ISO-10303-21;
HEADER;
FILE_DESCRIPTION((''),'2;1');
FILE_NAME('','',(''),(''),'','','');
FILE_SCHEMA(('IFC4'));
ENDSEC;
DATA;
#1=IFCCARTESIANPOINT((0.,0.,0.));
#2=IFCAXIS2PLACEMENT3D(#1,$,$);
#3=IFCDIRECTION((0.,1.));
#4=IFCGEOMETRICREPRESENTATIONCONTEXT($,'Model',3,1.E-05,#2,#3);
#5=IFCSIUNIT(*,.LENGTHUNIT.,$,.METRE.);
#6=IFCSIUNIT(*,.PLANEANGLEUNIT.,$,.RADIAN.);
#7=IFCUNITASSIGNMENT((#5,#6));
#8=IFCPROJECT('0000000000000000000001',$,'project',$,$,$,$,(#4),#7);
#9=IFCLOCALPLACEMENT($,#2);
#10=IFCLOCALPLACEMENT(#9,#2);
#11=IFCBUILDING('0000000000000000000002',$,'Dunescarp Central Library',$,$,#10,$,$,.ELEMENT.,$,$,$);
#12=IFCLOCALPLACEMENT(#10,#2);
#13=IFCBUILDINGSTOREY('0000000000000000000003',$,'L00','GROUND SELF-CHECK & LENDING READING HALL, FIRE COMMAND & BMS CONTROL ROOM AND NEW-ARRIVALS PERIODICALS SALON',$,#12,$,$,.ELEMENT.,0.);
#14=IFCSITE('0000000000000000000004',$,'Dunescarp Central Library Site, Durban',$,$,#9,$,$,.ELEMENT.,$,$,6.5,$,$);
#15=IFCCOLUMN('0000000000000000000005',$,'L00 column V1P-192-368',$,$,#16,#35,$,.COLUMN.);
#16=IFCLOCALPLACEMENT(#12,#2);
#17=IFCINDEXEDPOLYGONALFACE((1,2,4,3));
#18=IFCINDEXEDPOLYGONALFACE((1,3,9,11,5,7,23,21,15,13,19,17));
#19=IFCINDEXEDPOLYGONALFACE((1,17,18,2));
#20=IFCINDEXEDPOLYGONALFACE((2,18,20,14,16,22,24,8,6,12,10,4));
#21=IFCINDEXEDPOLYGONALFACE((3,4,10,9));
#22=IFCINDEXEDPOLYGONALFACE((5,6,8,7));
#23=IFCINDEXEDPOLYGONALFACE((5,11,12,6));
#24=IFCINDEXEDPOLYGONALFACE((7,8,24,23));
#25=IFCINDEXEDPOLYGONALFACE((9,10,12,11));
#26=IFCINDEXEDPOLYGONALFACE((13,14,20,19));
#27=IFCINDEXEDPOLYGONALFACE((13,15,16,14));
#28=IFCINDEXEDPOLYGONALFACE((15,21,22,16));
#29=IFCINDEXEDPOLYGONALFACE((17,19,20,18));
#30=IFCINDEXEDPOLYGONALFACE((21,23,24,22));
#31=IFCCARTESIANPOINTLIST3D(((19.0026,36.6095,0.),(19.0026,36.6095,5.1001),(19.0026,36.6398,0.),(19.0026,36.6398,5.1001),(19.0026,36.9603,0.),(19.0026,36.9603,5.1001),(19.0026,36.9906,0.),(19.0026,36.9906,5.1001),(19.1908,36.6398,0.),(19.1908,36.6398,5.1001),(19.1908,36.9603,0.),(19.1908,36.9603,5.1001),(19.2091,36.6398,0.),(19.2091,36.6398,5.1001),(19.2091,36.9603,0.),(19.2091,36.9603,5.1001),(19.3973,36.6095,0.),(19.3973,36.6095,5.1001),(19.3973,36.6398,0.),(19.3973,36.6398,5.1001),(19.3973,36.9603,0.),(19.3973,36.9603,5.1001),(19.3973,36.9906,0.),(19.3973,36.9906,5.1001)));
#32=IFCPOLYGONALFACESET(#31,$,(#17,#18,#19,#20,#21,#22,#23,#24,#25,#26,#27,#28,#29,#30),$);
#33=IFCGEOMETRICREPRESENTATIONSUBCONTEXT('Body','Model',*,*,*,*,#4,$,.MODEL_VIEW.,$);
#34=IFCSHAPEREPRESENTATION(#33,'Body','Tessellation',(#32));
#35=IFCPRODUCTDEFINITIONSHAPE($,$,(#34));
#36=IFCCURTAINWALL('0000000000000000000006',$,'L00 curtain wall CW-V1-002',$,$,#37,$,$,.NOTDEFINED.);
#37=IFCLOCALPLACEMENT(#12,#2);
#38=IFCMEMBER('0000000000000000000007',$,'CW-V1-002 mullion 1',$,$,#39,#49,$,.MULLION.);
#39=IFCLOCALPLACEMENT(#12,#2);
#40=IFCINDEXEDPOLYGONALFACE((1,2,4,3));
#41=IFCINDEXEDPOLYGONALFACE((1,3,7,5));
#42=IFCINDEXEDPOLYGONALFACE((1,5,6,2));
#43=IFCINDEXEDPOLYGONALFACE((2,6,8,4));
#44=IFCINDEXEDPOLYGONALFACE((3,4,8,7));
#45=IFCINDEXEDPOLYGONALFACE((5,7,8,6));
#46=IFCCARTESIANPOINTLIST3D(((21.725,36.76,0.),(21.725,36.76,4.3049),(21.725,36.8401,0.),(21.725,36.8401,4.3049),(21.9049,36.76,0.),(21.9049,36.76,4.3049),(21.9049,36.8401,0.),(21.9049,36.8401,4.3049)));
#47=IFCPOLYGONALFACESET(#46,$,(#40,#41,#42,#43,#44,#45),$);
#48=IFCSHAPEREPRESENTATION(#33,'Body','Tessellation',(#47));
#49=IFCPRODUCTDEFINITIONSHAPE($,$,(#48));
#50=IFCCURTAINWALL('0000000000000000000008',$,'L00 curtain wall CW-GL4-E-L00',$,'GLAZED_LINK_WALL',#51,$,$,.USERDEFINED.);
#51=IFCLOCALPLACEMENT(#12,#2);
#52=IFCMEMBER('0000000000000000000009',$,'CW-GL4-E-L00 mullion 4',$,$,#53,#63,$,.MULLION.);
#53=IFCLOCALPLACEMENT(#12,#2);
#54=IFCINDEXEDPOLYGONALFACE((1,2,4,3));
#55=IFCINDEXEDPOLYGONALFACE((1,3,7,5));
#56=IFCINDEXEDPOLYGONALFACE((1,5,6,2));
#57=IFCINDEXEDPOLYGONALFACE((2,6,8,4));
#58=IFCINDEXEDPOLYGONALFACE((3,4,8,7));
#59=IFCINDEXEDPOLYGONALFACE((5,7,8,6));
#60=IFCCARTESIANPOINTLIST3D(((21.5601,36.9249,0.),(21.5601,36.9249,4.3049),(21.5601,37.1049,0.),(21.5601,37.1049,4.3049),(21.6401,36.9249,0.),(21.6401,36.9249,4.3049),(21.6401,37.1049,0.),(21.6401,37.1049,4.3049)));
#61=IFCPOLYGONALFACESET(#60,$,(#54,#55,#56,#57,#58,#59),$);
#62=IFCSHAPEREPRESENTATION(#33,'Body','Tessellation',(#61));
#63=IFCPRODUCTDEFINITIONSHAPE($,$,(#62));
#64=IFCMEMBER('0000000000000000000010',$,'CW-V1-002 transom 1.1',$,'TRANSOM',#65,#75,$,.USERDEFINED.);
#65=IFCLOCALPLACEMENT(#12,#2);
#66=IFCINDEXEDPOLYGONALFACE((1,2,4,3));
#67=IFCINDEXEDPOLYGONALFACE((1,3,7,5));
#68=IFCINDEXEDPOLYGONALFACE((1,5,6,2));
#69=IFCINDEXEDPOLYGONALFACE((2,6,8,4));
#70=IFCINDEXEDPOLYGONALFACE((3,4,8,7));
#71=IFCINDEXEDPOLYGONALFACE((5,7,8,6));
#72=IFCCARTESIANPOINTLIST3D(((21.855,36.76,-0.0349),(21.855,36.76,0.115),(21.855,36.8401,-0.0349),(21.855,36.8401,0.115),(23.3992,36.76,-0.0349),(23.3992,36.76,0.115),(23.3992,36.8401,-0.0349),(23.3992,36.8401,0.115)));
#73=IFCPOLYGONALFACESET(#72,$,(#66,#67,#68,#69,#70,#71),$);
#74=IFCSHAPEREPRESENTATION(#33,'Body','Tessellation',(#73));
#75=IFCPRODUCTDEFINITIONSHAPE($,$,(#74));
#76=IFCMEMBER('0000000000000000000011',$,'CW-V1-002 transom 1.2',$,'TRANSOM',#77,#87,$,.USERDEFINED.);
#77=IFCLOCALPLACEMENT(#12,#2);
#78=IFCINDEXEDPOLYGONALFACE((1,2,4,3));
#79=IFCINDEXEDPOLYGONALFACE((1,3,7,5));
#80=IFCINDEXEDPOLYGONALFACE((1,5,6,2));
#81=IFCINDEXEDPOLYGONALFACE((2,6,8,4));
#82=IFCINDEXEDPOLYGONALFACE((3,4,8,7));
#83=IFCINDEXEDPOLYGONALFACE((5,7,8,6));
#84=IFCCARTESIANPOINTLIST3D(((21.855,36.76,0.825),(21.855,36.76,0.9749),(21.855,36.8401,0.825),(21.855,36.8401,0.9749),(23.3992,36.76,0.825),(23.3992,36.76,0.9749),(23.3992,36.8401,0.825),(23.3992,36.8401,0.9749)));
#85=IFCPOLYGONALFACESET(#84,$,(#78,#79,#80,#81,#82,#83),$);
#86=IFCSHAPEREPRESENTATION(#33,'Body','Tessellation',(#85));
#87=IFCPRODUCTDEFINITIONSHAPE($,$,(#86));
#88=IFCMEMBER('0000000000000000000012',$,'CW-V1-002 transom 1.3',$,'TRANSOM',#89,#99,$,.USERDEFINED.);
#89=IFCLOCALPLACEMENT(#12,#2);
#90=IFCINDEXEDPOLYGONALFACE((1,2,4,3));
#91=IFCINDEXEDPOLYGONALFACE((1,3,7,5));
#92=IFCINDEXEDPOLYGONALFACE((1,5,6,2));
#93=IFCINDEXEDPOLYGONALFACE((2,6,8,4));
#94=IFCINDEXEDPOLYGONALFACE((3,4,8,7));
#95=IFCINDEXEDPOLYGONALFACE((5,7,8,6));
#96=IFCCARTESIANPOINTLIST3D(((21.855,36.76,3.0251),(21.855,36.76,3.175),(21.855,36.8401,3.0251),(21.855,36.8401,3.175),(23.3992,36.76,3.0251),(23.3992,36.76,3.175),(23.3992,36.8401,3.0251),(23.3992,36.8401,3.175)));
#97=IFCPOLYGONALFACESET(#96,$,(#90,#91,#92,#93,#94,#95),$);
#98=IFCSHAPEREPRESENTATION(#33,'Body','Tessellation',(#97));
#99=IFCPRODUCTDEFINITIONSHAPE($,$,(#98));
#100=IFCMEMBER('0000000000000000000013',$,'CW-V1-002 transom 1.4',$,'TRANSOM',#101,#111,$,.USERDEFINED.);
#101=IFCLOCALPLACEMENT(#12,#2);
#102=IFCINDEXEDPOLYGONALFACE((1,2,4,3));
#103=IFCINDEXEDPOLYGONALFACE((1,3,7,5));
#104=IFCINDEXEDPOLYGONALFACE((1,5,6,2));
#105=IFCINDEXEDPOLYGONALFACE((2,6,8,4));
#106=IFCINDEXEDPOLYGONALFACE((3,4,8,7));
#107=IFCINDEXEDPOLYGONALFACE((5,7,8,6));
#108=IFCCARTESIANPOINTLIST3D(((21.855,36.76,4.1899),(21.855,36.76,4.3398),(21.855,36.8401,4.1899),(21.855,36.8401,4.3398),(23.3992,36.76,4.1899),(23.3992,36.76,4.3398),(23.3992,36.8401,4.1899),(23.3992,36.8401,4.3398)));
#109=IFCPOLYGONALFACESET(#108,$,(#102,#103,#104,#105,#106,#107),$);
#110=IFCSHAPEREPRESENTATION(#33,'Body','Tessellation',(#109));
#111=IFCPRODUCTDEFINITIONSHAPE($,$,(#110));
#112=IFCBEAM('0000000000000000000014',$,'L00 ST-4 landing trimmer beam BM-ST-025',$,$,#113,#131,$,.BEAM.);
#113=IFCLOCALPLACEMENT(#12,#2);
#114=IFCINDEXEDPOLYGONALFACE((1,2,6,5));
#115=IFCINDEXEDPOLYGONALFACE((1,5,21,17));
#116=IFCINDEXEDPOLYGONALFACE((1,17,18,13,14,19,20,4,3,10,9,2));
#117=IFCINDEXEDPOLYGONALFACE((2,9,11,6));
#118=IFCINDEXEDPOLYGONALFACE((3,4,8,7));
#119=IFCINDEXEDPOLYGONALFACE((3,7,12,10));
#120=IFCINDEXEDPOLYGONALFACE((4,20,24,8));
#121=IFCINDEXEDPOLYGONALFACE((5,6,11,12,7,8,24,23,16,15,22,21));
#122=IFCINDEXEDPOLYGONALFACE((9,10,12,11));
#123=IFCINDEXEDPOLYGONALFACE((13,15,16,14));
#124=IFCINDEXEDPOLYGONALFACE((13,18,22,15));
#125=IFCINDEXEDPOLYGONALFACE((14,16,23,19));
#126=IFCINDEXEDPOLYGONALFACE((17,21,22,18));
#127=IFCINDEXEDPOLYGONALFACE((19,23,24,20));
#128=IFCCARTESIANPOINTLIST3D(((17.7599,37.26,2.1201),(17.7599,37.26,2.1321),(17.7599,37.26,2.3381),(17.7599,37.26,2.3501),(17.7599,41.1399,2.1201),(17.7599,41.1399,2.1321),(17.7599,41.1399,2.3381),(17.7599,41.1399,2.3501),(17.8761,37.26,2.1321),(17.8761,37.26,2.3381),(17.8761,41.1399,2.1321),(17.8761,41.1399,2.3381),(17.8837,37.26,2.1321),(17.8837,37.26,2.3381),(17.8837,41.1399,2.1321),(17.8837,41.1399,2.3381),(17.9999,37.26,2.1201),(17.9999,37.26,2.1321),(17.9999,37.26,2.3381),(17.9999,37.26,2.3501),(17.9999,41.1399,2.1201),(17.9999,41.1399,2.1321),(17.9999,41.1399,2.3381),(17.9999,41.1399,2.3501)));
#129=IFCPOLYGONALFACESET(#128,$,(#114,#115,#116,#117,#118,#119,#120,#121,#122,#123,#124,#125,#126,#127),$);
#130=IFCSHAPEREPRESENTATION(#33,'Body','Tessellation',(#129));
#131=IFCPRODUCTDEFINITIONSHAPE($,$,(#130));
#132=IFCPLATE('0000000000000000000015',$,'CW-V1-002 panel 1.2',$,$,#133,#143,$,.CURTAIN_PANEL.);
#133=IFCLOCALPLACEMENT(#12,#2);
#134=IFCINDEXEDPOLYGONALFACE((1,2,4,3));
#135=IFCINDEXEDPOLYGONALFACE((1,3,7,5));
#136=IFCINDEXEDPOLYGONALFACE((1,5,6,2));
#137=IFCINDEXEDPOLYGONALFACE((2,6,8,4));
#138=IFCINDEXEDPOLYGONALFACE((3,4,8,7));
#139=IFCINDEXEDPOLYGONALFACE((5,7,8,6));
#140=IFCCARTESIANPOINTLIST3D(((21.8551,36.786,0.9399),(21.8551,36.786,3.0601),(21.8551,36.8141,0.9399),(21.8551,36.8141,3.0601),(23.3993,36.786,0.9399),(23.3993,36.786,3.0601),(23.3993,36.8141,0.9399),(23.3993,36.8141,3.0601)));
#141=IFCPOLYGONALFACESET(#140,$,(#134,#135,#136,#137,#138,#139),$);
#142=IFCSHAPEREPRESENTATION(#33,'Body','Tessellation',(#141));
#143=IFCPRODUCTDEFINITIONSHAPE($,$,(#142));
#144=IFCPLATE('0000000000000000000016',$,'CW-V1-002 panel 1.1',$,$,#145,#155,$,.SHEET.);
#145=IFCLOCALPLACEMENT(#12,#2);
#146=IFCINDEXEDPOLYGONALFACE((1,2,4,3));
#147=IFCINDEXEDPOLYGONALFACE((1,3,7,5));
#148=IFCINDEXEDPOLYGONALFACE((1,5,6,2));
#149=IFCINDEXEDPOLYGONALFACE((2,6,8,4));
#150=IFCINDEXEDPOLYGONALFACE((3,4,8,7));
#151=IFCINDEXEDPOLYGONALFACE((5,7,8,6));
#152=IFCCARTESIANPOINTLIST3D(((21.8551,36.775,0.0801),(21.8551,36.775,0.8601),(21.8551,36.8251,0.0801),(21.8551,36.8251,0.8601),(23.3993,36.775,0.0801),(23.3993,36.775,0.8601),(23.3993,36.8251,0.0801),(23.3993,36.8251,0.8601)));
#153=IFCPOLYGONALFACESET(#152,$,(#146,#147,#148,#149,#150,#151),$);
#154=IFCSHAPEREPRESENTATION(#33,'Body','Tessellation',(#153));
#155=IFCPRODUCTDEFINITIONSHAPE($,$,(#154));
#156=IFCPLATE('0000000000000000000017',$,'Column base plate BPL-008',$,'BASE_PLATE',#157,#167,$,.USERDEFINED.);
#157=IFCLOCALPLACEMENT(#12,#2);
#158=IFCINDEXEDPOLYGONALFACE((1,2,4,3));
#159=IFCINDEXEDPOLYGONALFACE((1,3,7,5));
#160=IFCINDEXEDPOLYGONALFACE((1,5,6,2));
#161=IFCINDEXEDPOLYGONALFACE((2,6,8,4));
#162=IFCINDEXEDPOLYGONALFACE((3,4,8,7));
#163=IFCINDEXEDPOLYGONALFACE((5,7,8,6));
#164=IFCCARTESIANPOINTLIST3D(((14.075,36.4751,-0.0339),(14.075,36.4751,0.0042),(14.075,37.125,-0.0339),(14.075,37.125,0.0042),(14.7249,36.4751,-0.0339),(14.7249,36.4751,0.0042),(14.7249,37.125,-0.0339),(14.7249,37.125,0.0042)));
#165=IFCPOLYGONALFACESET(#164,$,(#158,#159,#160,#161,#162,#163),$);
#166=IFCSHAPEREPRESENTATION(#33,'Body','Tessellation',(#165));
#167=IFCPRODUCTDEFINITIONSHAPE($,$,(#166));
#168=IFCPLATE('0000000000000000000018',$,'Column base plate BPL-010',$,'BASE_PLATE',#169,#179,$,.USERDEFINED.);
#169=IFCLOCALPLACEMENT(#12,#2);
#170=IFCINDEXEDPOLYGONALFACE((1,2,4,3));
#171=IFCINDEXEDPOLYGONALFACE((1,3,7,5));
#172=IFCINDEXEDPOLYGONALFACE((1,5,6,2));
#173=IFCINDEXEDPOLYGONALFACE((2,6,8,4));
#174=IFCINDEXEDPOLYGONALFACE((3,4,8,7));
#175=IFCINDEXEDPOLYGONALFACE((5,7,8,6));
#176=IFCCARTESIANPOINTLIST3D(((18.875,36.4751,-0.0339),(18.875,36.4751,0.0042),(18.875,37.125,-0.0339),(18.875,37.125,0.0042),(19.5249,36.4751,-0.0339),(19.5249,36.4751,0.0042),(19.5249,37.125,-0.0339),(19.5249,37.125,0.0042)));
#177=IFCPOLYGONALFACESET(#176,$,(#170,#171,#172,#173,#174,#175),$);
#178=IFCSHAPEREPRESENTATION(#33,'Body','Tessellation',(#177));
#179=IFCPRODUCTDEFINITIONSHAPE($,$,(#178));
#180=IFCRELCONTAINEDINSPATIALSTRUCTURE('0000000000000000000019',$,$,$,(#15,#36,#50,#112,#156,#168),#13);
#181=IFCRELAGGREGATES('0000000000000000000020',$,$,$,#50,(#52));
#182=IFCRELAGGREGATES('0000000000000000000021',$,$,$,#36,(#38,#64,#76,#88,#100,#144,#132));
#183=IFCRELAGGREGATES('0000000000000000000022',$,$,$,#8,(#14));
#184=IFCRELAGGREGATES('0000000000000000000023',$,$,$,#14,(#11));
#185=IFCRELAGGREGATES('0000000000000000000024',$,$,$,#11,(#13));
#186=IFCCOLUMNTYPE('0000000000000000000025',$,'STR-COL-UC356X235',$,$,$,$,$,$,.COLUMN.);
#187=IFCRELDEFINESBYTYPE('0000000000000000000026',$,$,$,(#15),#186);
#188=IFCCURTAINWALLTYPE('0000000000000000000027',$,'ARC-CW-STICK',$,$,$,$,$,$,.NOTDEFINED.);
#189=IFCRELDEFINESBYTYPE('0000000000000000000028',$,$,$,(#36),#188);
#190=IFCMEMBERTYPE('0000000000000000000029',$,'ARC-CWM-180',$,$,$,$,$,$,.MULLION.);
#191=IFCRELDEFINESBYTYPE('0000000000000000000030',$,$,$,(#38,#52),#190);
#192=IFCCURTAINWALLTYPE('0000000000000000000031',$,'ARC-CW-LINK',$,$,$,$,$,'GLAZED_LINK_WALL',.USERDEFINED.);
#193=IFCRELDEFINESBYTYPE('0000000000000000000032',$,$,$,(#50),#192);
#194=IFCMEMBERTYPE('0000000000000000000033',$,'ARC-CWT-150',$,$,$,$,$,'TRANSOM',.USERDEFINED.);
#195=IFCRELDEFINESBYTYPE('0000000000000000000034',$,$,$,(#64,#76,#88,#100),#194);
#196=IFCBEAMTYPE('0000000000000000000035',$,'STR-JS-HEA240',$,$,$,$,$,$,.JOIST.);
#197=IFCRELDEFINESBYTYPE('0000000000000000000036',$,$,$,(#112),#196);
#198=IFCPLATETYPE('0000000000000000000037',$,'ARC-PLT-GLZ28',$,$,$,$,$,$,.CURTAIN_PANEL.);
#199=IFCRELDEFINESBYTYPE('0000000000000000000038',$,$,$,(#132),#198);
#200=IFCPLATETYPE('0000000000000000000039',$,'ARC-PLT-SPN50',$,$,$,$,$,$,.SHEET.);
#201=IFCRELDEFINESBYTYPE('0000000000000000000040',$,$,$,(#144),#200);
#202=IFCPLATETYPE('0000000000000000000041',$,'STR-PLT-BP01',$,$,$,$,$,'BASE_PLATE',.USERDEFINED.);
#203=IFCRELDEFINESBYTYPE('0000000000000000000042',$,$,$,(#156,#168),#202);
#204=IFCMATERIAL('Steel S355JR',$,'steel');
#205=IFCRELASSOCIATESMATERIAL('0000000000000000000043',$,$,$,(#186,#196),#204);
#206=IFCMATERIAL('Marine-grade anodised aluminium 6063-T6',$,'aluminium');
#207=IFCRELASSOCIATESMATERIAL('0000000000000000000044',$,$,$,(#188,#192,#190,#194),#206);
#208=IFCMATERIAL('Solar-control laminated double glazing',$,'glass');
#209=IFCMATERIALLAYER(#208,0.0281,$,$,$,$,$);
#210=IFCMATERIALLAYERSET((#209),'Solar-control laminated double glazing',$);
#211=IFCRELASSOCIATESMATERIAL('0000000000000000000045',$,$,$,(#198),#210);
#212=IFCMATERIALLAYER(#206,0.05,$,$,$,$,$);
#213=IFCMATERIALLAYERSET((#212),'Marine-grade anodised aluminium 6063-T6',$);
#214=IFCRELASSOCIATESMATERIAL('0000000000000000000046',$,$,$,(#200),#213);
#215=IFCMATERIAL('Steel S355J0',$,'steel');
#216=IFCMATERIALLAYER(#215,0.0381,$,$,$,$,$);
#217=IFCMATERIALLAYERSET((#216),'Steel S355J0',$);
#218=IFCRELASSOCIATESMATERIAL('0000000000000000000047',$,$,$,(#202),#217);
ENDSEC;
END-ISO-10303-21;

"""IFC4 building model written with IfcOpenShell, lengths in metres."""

from ifc_helpers import new_model, si_unit, direction, frame, origin, origin_2d, place, context, subcontext, project, spatial, rectangle, i_section, extrude, material, layer, layer_set, material_profile, profile_set, type_object, element, aggregate, save


model = new_model("IFC4")

# Units and contexts
model_context = context("Model", 3, precision=1e-05, world=origin(), true_north=direction((0.0, 1.0)))
body_context = subcontext(model_context, "Body", "Model", "MODEL_VIEW")
ifc_project = project(units=[si_unit("LENGTHUNIT", "METRE"), si_unit("PLANEANGLEUNIT", "RADIAN")], contexts=[model_context])

# Site, building, storey
site_placement = place(None, origin())
site = spatial("IfcSite", under=ifc_project, at=site_placement, Name="Dunescarp Central Library Site, Durban", CompositionType="ELEMENT", RefElevation=6.5)
building_placement = place(site_placement, origin())
building = spatial("IfcBuilding", under=site, at=building_placement, Name="Dunescarp Central Library", CompositionType="ELEMENT")
storey_placement = place(building_placement, origin())
storey = spatial("IfcBuildingStorey", under=building, at=storey_placement, Name="L00", Description="GROUND SELF-CHECK & LENDING READING HALL, FIRE COMMAND & BMS CONTROL ROOM AND NEW-ARRIVALS PERIODICALS SALON", CompositionType="ELEMENT", Elevation=0.0)

# Column
ifc_material_1 = material(Name="Steel S355JR", Category="steel")
ifc_material_profile_1 = material_profile(ifc_material_1, i_section(OverallWidth=0.3948, OverallDepth=0.3811, WebThickness=0.0183, FlangeThickness=0.0303, at=origin_2d()), Name="UC 356x406x235")
ifc_profile_set_1 = profile_set([ifc_material_profile_1], Name="Steel S355JR")
column_type_1 = type_object("IfcColumnType", Name="STR-COL-UC356X235", PredefinedType="COLUMN", material=ifc_profile_set_1)
for number, where, z_axis, x_axis, name in (
    (1, (19.2, 36.8, 0.0), (0.0, 0.0, 1.0), (1.0, 0.0, 0.0), "L00 column V1P-192-368"),
):
    element("IfcColumn", number, at=place(storey_placement, frame(where, z_axis=z_axis, x_axis=x_axis)), inside=storey, type_object=column_type_1, Name=name, PredefinedType="COLUMN", context=body_context, shape_type="SweptSolid", body=[
        extrude(i_section(OverallWidth=0.3948, OverallDepth=0.3811, WebThickness=0.0183, FlangeThickness=0.0303, at=origin_2d()), origin(), (0.0, 0.0, 1.0), 5.1001),
    ])

# Curtain walls, members
ifc_material_2 = material(Name="Marine-grade anodised aluminium 6063-T6", Category="aluminium")
curtain_wall_type_1 = type_object("IfcCurtainWallType", Name="ARC-CW-STICK", PredefinedType="NOTDEFINED", material=ifc_material_2)
curtain_wall_1_placement = place(storey_placement, origin())
curtain_wall_1 = element("IfcCurtainWall", 2, at=curtain_wall_1_placement, inside=storey, type_object=curtain_wall_type_1, Name="L00 curtain wall CW-V1-002", PredefinedType="NOTDEFINED")
ifc_material_profile_2 = material_profile(ifc_material_2, rectangle(XDim=0.0801, YDim=0.1799, at=origin_2d()), Name="AL 80x180")
ifc_profile_set_2 = profile_set([ifc_material_profile_2], Name="Marine-grade anodised aluminium 6063-T6")
member_type_1 = type_object("IfcMemberType", Name="ARC-CWM-180", PredefinedType="MULLION", material=ifc_profile_set_2)
member_1_placement = place(storey_placement, frame((21.8149, 36.8, 0.0), z_axis=(0.0, 0.0, 1.0), x_axis=(0.0, 1.0, 0.0)))
member_1 = element("IfcMember", 3, at=member_1_placement, type_object=member_type_1, Name="CW-V1-002 mullion 1", PredefinedType="MULLION", context=body_context, shape_type="SweptSolid", body=[
    extrude(rectangle(XDim=0.0801, YDim=0.1799, at=origin_2d()), origin(), (0.0, 0.0, 1.0), 4.3049),
])
curtain_wall_type_2 = type_object("IfcCurtainWallType", Name="ARC-CW-LINK", ElementType="GLAZED_LINK_WALL", PredefinedType="USERDEFINED", material=ifc_material_2)
curtain_wall_2_placement = place(storey_placement, origin())
curtain_wall_2 = element("IfcCurtainWall", 4, at=curtain_wall_2_placement, inside=storey, type_object=curtain_wall_type_2, Name="L00 curtain wall CW-GL4-E-L00", ObjectType="GLAZED_LINK_WALL", PredefinedType="USERDEFINED")
member_2_placement = place(storey_placement, frame((21.6001, 37.0149, 0.0), z_axis=(0.0, 0.0, 1.0), x_axis=(1.0, 0.0, 0.0)))
member_2 = element("IfcMember", 5, at=member_2_placement, type_object=member_type_1, Name="CW-GL4-E-L00 mullion 4", PredefinedType="MULLION", context=body_context, shape_type="SweptSolid", body=[
    extrude(rectangle(XDim=0.0801, YDim=0.1799, at=origin_2d()), origin(), (0.0, 0.0, 1.0), 4.3049),
])
aggregate(curtain_wall_2, [member_2])

# Members
ifc_material_profile_3 = material_profile(ifc_material_2, rectangle(XDim=0.0801, YDim=0.1499, at=origin_2d()), Name="AL 80x150")
ifc_profile_set_3 = profile_set([ifc_material_profile_3], Name="Marine-grade anodised aluminium 6063-T6")
member_type_2 = type_object("IfcMemberType", Name="ARC-CWT-150", ElementType="TRANSOM", PredefinedType="USERDEFINED", material=ifc_profile_set_3)
member_3_placement = place(storey_placement, frame((21.855, 36.8, 0.04), z_axis=(1.0, 0.0, 0.0), x_axis=(0.0, 1.0, 0.0)))
member_3 = element("IfcMember", 6, at=member_3_placement, type_object=member_type_2, Name="CW-V1-002 transom 1.1", ObjectType="TRANSOM", PredefinedType="USERDEFINED", context=body_context, shape_type="SweptSolid", body=[
    extrude(rectangle(XDim=0.0801, YDim=0.1499, at=origin_2d()), origin(), (0.0, 0.0, 1.0), 1.5442),
])
member_4_placement = place(storey_placement, frame((21.855, 36.8, 0.8999), z_axis=(1.0, 0.0, 0.0), x_axis=(0.0, 1.0, 0.0)))
member_4 = element("IfcMember", 7, at=member_4_placement, type_object=member_type_2, Name="CW-V1-002 transom 1.2", ObjectType="TRANSOM", PredefinedType="USERDEFINED", context=body_context, shape_type="SweptSolid", body=[
    extrude(rectangle(XDim=0.0801, YDim=0.1499, at=origin_2d()), origin(), (0.0, 0.0, 1.0), 1.5442),
])
member_5_placement = place(storey_placement, frame((21.855, 36.8, 3.1001), z_axis=(1.0, 0.0, 0.0), x_axis=(0.0, 1.0, 0.0)))
member_5 = element("IfcMember", 8, at=member_5_placement, type_object=member_type_2, Name="CW-V1-002 transom 1.3", ObjectType="TRANSOM", PredefinedType="USERDEFINED", context=body_context, shape_type="SweptSolid", body=[
    extrude(rectangle(XDim=0.0801, YDim=0.1499, at=origin_2d()), origin(), (0.0, 0.0, 1.0), 1.5442),
])
member_6_placement = place(storey_placement, frame((21.855, 36.8, 4.2649), z_axis=(1.0, 0.0, 0.0), x_axis=(0.0, 1.0, 0.0)))
member_6 = element("IfcMember", 9, at=member_6_placement, type_object=member_type_2, Name="CW-V1-002 transom 1.4", ObjectType="TRANSOM", PredefinedType="USERDEFINED", context=body_context, shape_type="SweptSolid", body=[
    extrude(rectangle(XDim=0.0801, YDim=0.1499, at=origin_2d()), origin(), (0.0, 0.0, 1.0), 1.5442),
])

# Beam
ifc_material_profile_4 = material_profile(ifc_material_1, i_section(OverallWidth=0.24, OverallDepth=0.23, WebThickness=0.0076, FlangeThickness=0.012, at=origin_2d()), Name="HEA 240")
ifc_profile_set_4 = profile_set([ifc_material_profile_4], Name="Steel S355JR")
beam_type = type_object("IfcBeamType", Name="STR-JS-HEA240", PredefinedType="JOIST", material=ifc_profile_set_4)
beam_placement = place(storey_placement, frame((17.8799, 37.26, 2.2351), z_axis=(0.0, 1.0, 0.0), x_axis=(-1.0, 0.0, 0.0)))
element("IfcBeam", 10, at=beam_placement, inside=storey, type_object=beam_type, Name="L00 ST-4 landing trimmer beam BM-ST-025", PredefinedType="BEAM", context=body_context, shape_type="SweptSolid", body=[
    extrude(i_section(OverallWidth=0.24, OverallDepth=0.23, WebThickness=0.0076, FlangeThickness=0.012, at=origin_2d()), origin(), (0.0, 0.0, 1.0), 3.8799),
])

# Plates
ifc_material_3 = material(Name="Solar-control laminated double glazing", Category="glass")
ifc_layer_1 = layer(ifc_material_3, 0.0281)
ifc_layer_set_1 = layer_set([ifc_layer_1], Name="Solar-control laminated double glazing")
plate_type_1 = type_object("IfcPlateType", Name="ARC-PLT-GLZ28", PredefinedType="CURTAIN_PANEL", material=ifc_layer_set_1)
plate_1_placement = place(storey_placement, frame((22.6272, 36.8, 0.9399), z_axis=(0.0, 0.0, 1.0), x_axis=(1.0, 0.0, 0.0)))
plate_1 = element("IfcPlate", 11, at=plate_1_placement, type_object=plate_type_1, Name="CW-V1-002 panel 1.2", PredefinedType="CURTAIN_PANEL", context=body_context, shape_type="SweptSolid", body=[
    extrude(rectangle(XDim=1.5442, YDim=0.0281, at=origin_2d()), origin(), (0.0, 0.0, 1.0), 2.1201),
])
ifc_layer_2 = layer(ifc_material_2, 0.05)
ifc_layer_set_2 = layer_set([ifc_layer_2], Name="Marine-grade anodised aluminium 6063-T6")
plate_type_2 = type_object("IfcPlateType", Name="ARC-PLT-SPN50", PredefinedType="SHEET", material=ifc_layer_set_2)
plate_2_placement = place(storey_placement, frame((22.6272, 36.8, 0.0801), z_axis=(0.0, 0.0, 1.0), x_axis=(1.0, 0.0, 0.0)))
plate_2 = element("IfcPlate", 12, at=plate_2_placement, type_object=plate_type_2, Name="CW-V1-002 panel 1.1", PredefinedType="SHEET", context=body_context, shape_type="SweptSolid", body=[
    extrude(rectangle(XDim=1.5442, YDim=0.05, at=origin_2d()), origin(), (0.0, 0.0, 1.0), 0.78),
])
aggregate(curtain_wall_1, [member_1, member_3, member_4, member_5, member_6, plate_2, plate_1])

# Plates
ifc_material_4 = material(Name="Steel S355J0", Category="steel")
ifc_layer_3 = layer(ifc_material_4, 0.0381)
ifc_layer_set_3 = layer_set([ifc_layer_3], Name="Steel S355J0")
plate_type_3 = type_object("IfcPlateType", Name="STR-PLT-BP01", ElementType="BASE_PLATE", PredefinedType="USERDEFINED", material=ifc_layer_set_3)
for number, where, z_axis, x_axis, name in (
    (13, (14.3999, 36.8, -0.0339), (0.0, 0.0, 1.0), (1.0, 0.0, 0.0), "Column base plate BPL-008"),
    (14, (19.2, 36.8, -0.0339), (0.0, 0.0, 1.0), (1.0, 0.0, 0.0), "Column base plate BPL-010"),
):
    element("IfcPlate", number, at=place(storey_placement, frame(where, z_axis=z_axis, x_axis=x_axis)), inside=storey, type_object=plate_type_3, Name=name, ObjectType="BASE_PLATE", PredefinedType="USERDEFINED", context=body_context, shape_type="SweptSolid", body=[
        extrude(rectangle(XDim=0.6499, YDim=0.6499, at=origin_2d()), origin(), (0.0, 0.0, 1.0), 0.0381),
    ])

save(model, "model.ifc")
